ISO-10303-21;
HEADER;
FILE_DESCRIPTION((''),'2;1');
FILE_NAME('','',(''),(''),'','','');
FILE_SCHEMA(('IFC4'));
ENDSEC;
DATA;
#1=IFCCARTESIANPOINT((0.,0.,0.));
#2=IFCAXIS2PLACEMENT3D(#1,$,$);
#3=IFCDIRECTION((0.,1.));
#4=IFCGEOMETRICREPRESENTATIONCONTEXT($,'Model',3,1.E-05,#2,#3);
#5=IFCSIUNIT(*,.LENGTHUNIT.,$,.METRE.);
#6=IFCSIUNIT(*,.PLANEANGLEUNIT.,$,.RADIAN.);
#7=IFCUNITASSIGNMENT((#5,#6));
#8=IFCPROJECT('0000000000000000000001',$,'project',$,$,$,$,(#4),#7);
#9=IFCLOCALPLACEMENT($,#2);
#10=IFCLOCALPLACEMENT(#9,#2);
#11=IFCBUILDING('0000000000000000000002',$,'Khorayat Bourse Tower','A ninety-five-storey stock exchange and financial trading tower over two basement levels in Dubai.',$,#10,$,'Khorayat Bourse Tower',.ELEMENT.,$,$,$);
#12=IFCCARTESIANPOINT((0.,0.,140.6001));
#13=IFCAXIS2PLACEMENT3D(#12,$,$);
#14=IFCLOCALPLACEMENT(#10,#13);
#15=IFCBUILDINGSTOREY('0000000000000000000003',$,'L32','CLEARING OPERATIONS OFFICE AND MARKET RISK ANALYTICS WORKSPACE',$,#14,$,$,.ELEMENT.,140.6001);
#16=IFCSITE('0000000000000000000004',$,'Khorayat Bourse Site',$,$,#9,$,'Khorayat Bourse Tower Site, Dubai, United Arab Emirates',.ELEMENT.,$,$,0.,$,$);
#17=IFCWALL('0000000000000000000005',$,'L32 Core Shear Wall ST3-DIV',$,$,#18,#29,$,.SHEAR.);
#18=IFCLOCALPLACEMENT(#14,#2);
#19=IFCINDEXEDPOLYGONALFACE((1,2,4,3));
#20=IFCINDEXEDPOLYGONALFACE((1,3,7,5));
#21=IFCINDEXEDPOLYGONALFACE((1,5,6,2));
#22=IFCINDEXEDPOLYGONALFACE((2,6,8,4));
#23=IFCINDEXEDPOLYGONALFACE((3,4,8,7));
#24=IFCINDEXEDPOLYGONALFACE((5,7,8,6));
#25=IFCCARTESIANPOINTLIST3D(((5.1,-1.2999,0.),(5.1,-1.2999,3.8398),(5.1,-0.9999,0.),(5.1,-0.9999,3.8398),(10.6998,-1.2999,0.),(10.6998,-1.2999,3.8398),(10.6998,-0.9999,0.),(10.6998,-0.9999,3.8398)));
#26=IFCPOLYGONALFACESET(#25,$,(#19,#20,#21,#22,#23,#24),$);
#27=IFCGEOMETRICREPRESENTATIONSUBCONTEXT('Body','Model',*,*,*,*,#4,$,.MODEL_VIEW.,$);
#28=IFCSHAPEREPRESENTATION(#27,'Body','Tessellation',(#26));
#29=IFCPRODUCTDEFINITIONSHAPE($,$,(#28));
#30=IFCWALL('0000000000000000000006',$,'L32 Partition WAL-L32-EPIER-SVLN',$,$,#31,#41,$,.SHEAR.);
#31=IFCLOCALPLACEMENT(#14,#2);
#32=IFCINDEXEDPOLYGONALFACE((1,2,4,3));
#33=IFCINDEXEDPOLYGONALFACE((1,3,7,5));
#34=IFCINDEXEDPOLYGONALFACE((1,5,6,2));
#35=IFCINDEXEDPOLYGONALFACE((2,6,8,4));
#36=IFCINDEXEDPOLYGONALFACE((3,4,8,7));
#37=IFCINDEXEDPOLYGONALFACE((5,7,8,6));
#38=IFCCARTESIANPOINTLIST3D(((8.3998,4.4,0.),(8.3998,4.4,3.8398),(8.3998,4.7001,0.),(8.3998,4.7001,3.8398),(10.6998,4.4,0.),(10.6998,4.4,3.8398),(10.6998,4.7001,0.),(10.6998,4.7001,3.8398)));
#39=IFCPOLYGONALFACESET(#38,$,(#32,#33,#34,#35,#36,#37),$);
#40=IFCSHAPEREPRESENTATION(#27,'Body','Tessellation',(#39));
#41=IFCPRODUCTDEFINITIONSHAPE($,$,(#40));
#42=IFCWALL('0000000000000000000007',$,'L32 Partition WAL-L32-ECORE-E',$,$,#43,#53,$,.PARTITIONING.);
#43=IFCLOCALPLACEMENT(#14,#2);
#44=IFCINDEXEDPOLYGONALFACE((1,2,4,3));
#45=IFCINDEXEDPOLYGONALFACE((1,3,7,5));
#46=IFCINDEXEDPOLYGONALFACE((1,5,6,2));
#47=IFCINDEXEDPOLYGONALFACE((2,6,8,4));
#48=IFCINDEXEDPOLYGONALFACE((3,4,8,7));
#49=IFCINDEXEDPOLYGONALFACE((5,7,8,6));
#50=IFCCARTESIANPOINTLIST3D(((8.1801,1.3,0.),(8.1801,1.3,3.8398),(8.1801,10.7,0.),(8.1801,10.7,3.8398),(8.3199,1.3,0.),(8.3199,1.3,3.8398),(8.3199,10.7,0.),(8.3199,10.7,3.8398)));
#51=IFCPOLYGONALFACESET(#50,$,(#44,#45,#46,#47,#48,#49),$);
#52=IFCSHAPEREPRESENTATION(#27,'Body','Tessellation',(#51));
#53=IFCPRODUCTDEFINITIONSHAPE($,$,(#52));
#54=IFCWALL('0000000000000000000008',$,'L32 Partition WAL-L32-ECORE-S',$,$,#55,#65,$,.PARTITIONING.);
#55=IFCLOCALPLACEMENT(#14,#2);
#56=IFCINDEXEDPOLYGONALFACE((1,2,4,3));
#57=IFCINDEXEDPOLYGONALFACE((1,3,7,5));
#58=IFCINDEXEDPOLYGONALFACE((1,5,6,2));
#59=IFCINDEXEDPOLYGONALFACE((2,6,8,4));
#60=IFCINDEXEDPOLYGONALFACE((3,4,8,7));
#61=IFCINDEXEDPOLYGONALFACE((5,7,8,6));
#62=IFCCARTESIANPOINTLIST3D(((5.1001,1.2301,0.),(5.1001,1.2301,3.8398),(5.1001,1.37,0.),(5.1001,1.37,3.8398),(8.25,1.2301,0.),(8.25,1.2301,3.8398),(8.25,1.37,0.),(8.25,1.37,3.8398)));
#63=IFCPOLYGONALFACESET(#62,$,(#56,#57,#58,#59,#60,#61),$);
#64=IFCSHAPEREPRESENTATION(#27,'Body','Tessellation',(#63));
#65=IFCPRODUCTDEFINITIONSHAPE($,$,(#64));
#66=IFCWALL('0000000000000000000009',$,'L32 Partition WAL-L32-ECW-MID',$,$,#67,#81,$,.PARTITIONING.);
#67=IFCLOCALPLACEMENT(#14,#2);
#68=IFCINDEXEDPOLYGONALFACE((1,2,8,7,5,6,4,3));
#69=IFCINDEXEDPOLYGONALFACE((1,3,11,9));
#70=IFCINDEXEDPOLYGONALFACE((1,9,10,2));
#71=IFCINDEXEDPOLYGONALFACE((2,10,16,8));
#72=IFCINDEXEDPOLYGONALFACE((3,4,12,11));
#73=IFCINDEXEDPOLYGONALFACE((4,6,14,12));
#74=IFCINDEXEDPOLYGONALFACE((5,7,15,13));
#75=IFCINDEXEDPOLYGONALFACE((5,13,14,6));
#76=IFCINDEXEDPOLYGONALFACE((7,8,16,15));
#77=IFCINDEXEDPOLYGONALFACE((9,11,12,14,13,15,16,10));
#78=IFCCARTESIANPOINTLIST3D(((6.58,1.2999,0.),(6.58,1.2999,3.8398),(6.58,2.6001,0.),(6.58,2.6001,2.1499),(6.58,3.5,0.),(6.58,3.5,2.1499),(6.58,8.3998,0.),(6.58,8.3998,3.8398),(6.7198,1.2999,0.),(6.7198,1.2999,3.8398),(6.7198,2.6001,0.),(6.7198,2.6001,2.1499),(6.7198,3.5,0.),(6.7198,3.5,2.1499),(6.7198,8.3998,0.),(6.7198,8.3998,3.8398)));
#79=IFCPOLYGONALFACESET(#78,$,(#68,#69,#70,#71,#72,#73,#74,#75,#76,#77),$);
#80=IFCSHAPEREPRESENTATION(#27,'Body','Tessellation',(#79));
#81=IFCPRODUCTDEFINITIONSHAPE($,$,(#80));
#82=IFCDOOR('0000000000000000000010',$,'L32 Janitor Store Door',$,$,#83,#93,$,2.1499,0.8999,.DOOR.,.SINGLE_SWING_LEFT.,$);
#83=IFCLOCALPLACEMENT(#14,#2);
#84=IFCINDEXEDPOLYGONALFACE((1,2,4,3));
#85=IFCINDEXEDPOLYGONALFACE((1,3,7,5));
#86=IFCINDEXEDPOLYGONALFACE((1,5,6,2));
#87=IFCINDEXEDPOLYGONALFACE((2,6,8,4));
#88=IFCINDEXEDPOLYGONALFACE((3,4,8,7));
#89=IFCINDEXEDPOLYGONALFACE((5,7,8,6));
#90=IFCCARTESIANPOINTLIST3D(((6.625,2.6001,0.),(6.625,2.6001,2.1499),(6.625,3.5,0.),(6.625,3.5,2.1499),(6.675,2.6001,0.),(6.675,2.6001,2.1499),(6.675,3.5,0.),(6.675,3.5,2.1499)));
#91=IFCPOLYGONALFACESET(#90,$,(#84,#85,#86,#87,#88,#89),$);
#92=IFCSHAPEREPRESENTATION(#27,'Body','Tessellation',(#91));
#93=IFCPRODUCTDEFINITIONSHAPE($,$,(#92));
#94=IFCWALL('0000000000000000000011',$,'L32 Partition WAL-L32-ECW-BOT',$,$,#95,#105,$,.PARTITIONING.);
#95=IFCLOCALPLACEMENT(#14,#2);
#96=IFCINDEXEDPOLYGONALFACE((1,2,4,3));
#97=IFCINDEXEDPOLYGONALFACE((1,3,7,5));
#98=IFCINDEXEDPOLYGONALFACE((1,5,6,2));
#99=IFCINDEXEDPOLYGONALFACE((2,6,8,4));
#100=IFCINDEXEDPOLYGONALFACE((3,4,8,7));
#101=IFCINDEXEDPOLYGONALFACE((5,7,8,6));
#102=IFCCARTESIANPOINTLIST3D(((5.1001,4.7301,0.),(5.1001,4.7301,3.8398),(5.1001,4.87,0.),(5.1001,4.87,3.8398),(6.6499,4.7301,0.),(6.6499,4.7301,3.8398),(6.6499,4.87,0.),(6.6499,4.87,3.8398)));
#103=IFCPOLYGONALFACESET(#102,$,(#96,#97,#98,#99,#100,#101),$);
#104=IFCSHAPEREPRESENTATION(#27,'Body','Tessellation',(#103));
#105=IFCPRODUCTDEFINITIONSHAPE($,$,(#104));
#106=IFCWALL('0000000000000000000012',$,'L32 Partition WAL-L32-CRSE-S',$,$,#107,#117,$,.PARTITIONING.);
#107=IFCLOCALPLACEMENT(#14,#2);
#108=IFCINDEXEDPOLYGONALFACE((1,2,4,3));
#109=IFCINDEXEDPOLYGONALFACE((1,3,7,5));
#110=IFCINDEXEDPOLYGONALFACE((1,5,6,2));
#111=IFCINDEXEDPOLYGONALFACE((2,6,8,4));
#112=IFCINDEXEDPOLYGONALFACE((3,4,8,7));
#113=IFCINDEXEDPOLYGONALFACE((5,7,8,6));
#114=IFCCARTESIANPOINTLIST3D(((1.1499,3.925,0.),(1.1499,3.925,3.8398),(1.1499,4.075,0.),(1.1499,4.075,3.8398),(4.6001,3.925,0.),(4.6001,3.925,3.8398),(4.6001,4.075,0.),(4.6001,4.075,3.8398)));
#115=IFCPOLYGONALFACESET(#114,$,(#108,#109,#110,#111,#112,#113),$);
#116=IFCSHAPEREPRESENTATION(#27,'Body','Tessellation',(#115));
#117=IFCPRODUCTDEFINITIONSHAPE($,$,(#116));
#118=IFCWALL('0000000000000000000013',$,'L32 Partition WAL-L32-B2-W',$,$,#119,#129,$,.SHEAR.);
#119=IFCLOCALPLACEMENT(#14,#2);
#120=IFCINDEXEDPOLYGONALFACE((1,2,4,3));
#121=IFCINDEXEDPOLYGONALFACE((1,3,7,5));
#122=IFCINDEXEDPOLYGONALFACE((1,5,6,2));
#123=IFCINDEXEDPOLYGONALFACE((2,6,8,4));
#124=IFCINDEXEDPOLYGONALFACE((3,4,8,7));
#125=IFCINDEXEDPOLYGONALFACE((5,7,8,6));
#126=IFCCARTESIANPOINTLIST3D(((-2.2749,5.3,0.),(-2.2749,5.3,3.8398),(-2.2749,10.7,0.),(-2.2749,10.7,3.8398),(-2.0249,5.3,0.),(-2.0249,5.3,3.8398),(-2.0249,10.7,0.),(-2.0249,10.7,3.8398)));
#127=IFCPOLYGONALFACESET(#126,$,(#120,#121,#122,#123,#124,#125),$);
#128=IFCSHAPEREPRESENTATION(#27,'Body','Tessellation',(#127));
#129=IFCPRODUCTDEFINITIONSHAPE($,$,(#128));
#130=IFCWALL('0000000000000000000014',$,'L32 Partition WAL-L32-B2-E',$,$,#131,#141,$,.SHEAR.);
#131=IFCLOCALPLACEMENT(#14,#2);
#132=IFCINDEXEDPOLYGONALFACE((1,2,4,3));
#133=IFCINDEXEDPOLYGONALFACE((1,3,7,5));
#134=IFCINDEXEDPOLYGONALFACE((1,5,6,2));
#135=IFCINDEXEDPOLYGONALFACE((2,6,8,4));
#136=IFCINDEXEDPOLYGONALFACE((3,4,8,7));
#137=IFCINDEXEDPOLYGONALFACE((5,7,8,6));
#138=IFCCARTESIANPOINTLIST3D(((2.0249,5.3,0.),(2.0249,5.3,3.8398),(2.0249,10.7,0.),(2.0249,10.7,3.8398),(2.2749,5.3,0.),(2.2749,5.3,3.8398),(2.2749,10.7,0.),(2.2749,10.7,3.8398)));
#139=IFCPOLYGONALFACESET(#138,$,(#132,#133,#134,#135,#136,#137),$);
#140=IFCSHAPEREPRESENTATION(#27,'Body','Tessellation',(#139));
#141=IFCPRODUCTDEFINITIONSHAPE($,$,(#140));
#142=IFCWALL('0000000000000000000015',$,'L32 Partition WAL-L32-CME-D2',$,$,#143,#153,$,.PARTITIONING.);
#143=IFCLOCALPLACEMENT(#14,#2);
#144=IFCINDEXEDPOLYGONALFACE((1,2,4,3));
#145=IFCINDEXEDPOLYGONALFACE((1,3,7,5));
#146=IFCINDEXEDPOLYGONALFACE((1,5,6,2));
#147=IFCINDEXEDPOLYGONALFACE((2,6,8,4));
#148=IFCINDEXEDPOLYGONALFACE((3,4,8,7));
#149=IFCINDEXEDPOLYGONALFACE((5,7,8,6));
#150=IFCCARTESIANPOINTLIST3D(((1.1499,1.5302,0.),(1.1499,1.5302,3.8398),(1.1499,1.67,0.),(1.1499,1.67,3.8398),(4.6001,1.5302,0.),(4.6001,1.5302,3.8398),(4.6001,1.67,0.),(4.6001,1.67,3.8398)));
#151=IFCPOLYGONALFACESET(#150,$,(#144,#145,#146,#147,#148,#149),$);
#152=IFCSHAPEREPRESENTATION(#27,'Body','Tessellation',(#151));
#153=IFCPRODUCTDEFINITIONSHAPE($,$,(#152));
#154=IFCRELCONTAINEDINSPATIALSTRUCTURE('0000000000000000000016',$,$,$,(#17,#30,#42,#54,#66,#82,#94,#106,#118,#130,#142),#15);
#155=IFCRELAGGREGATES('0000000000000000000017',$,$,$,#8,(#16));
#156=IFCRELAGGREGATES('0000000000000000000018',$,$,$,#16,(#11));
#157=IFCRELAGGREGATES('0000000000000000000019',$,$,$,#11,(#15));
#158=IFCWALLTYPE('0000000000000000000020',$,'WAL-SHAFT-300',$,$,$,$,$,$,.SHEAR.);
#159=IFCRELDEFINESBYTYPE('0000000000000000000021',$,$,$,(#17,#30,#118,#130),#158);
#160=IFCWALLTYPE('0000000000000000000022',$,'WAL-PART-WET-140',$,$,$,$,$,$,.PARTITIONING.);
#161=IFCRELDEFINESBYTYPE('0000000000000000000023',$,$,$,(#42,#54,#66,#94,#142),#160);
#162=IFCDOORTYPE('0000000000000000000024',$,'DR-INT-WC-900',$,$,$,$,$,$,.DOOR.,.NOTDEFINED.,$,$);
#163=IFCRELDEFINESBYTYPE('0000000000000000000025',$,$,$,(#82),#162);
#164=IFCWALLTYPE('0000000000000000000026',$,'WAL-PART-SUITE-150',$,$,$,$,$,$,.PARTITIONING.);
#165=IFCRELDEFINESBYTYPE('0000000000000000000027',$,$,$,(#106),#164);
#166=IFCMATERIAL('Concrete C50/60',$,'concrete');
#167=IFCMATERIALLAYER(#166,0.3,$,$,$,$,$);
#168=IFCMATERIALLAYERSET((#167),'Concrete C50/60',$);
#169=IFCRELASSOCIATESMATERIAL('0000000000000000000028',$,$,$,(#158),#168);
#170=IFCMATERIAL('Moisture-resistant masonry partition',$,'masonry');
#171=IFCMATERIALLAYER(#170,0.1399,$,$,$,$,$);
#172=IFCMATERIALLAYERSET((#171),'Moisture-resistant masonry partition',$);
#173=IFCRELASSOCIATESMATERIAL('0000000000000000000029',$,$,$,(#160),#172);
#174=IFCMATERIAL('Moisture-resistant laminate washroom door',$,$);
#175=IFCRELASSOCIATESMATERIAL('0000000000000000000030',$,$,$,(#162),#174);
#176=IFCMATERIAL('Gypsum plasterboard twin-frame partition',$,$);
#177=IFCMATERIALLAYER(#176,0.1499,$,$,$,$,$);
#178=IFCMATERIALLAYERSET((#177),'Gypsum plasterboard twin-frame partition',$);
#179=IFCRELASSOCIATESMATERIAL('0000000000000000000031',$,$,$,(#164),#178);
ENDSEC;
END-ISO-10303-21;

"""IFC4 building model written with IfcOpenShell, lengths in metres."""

from ifc_helpers import new_model, si_unit, direction, frame, frame_2d, origin, place, context, subcontext, project, spatial, rectangle, extrude, source, transform, mapped, material, layer, layer_set, type_object, element, fill, save


model = new_model("IFC4")

# Units and contexts
model_context = context("Model", 3, precision=1e-05, world=origin(), true_north=direction((0.0, 1.0)))
body_context = subcontext(model_context, "Body", "Model", "MODEL_VIEW")
ifc_project = project(units=[si_unit("LENGTHUNIT", "METRE"), si_unit("PLANEANGLEUNIT", "RADIAN")], contexts=[model_context])

# Site, building, storey
site_placement = place(None, origin())
site = spatial("IfcSite", under=ifc_project, at=site_placement, Name="Khorayat Bourse Site", LongName="Khorayat Bourse Tower Site, Dubai, United Arab Emirates", CompositionType="ELEMENT", RefElevation=0.0)
building_placement = place(site_placement, origin())
building = spatial("IfcBuilding", under=site, at=building_placement, Name="Khorayat Bourse Tower", Description="A ninety-five-storey stock exchange and financial trading tower over two basement levels in Dubai.", LongName="Khorayat Bourse Tower", CompositionType="ELEMENT")
storey_placement = place(building_placement, frame((0.0, 0.0, 140.6001)))
storey = spatial("IfcBuildingStorey", under=building, at=storey_placement, Name="L32", Description="CLEARING OPERATIONS OFFICE AND MARKET RISK ANALYTICS WORKSPACE", CompositionType="ELEMENT", Elevation=140.6001)

# Walls
ifc_material_1 = material(Name="Concrete C50/60", Category="concrete")
ifc_layer_1 = layer(ifc_material_1, 0.3)
ifc_layer_set_1 = layer_set([ifc_layer_1], Name="Concrete C50/60")
wall_type_1 = type_object("IfcWallType", Name="WAL-SHAFT-300", PredefinedType="SHEAR", material=ifc_layer_set_1)
shared_shape_1 = source(origin(), body_context, "Body", "SweptSolid", [
    extrude(rectangle(XDim=5.5999, YDim=0.3, at=frame_2d((2.7998, 0.0))), origin(), (0.0, 0.0, 1.0), 3.8398),
])
wall_1_placement = place(storey_placement, frame((5.1001, -1.1499, 0.0), z_axis=(0.0, 0.0, 1.0), x_axis=(1.0, 0.0, 0.0)))
element("IfcWall", 1, at=wall_1_placement, inside=storey, type_object=wall_type_1, Name="L32 Core Shear Wall ST3-DIV", PredefinedType="SHEAR", context=body_context, shape_type="MappedRepresentation", body=[
    mapped(shared_shape_1, transform((0.0, 0.0, 0.0), scale=1.0)),
])
shared_shape_2 = source(origin(), body_context, "Body", "SweptSolid", [
    extrude(rectangle(XDim=2.3, YDim=0.3, at=frame_2d((1.1499, 0.0))), origin(), (0.0, 0.0, 1.0), 3.8398),
])
wall_2_placement = place(storey_placement, frame((8.3999, 4.55, 0.0), z_axis=(0.0, 0.0, 1.0), x_axis=(1.0, 0.0, 0.0)))
element("IfcWall", 2, at=wall_2_placement, inside=storey, type_object=wall_type_1, Name="L32 Partition WAL-L32-EPIER-SVLN", PredefinedType="SHEAR", context=body_context, shape_type="MappedRepresentation", body=[
    mapped(shared_shape_2, transform((0.0, 0.0, 0.0), scale=1.0)),
])
ifc_material_2 = material(Name="Moisture-resistant masonry partition", Category="masonry")
ifc_layer_2 = layer(ifc_material_2, 0.1399)
ifc_layer_set_2 = layer_set([ifc_layer_2], Name="Moisture-resistant masonry partition")
wall_type_2 = type_object("IfcWallType", Name="WAL-PART-WET-140", PredefinedType="PARTITIONING", material=ifc_layer_set_2)
shared_shape_3 = source(origin(), body_context, "Body", "SweptSolid", [
    extrude(rectangle(XDim=9.3999, YDim=0.1399, at=frame_2d((4.7, 0.0))), origin(), (0.0, 0.0, 1.0), 3.8398),
])
wall_3_placement = place(storey_placement, frame((8.25, 1.3, 0.0), z_axis=(0.0, 0.0, 1.0), x_axis=(0.0, 1.0, 0.0)))
element("IfcWall", 3, at=wall_3_placement, inside=storey, type_object=wall_type_2, Name="L32 Partition WAL-L32-ECORE-E", PredefinedType="PARTITIONING", context=body_context, shape_type="MappedRepresentation", body=[
    mapped(shared_shape_3, transform((0.0, 0.0, 0.0), scale=1.0)),
])
shared_shape_4 = source(origin(), body_context, "Body", "SweptSolid", [
    extrude(rectangle(XDim=3.1499, YDim=0.1399, at=frame_2d((1.575, 0.0))), origin(), (0.0, 0.0, 1.0), 3.8398),
])
wall_4_placement = place(storey_placement, frame((5.1001, 1.3, 0.0), z_axis=(0.0, 0.0, 1.0), x_axis=(1.0, 0.0, 0.0)))
element("IfcWall", 4, at=wall_4_placement, inside=storey, type_object=wall_type_2, Name="L32 Partition WAL-L32-ECORE-S", PredefinedType="PARTITIONING", context=body_context, shape_type="MappedRepresentation", body=[
    mapped(shared_shape_4, transform((0.0, 0.0, 0.0), scale=1.0)),
])

# Wall, opening, door
shared_shape_5 = source(origin(), body_context, "Body", "SweptSolid", [
    extrude(rectangle(XDim=7.0999, YDim=0.1399, at=frame_2d((3.5498, 0.0))), origin(), (0.0, 0.0, 1.0), 3.8398),
])
wall_5_placement = place(storey_placement, frame((6.6499, 1.3, 0.0), z_axis=(0.0, 0.0, 1.0), x_axis=(0.0, 1.0, 0.0)))
wall_5 = element("IfcWall", 5, at=wall_5_placement, inside=storey, type_object=wall_type_2, Name="L32 Partition WAL-L32-ECW-MID", PredefinedType="PARTITIONING", context=body_context, shape_type="MappedRepresentation", body=[
    mapped(shared_shape_5, transform((0.0, 0.0, 0.0), scale=1.0)),
])
shared_shape_6 = source(origin(), body_context, "Body", "SweptSolid", [
    extrude(rectangle(XDim=0.8999, YDim=2.1499, at=frame_2d((0.45, 1.075))), frame((0.0, 0.0798, 0.0), z_axis=(0.0, -1.0, 0.0), x_axis=(1.0, 0.0, 0.0)), (0.0, 0.0, 1.0), 0.1599),
])
opening_placement = place(wall_5_placement, frame((1.3, 0.0, 0.0)))
opening = element("IfcOpeningElement", 6, at=opening_placement, cuts=wall_5, PredefinedType="OPENING", context=body_context, shape_type="MappedRepresentation", body=[
    mapped(shared_shape_6, transform((0.0, 0.0, 0.0), scale=1.0)),
])
ifc_material_3 = material(Name="Moisture-resistant laminate washroom door")
door_type = type_object("IfcDoorType", Name="DR-INT-WC-900", OperationType="NOTDEFINED", PredefinedType="DOOR", material=ifc_material_3)
shared_shape_7 = source(origin(), body_context, "Body", "SweptSolid", [
    extrude(rectangle(XDim=0.8999, YDim=2.1499, at=frame_2d((0.45, 1.075))), frame((0.0, 0.0249, 0.0), z_axis=(0.0, -1.0, 0.0), x_axis=(1.0, 0.0, 0.0)), (0.0, 0.0, 1.0), 0.05),
])
door_placement = place(opening_placement, origin())
door = element("IfcDoor", 7, at=door_placement, inside=storey, type_object=door_type, Name="L32 Janitor Store Door", OperationType="SINGLE_SWING_LEFT", OverallHeight=2.1499, OverallWidth=0.8999, PredefinedType="DOOR", context=body_context, shape_type="MappedRepresentation", body=[
    mapped(shared_shape_7, transform((0.0, 0.0, 0.0), scale=1.0)),
])
fill(opening, door)

# Walls
shared_shape_8 = source(origin(), body_context, "Body", "SweptSolid", [
    extrude(rectangle(XDim=1.5498, YDim=0.1399, at=frame_2d((0.7749, 0.0))), origin(), (0.0, 0.0, 1.0), 3.8398),
])
wall_6_placement = place(storey_placement, frame((5.1001, 4.8, 0.0), z_axis=(0.0, 0.0, 1.0), x_axis=(1.0, 0.0, 0.0)))
element("IfcWall", 8, at=wall_6_placement, inside=storey, type_object=wall_type_2, Name="L32 Partition WAL-L32-ECW-BOT", PredefinedType="PARTITIONING", context=body_context, shape_type="MappedRepresentation", body=[
    mapped(shared_shape_8, transform((0.0, 0.0, 0.0), scale=1.0)),
])
ifc_material_4 = material(Name="Gypsum plasterboard twin-frame partition")
ifc_layer_3 = layer(ifc_material_4, 0.1499)
ifc_layer_set_3 = layer_set([ifc_layer_3], Name="Gypsum plasterboard twin-frame partition")
wall_type_3 = type_object("IfcWallType", Name="WAL-PART-SUITE-150", PredefinedType="PARTITIONING", material=ifc_layer_set_3)
shared_shape_9 = source(origin(), body_context, "Body", "SweptSolid", [
    extrude(rectangle(XDim=3.4502, YDim=0.1499, at=frame_2d((1.7251, 0.0))), origin(), (0.0, 0.0, 1.0), 3.8398),
])
wall_7_placement = place(storey_placement, frame((1.1499, 4.0, 0.0), z_axis=(0.0, 0.0, 1.0), x_axis=(1.0, 0.0, 0.0)))
element("IfcWall", 9, at=wall_7_placement, inside=storey, type_object=wall_type_3, Name="L32 Partition WAL-L32-CRSE-S", PredefinedType="PARTITIONING", context=body_context, shape_type="MappedRepresentation", body=[
    mapped(shared_shape_9, transform((0.0, 0.0, 0.0), scale=1.0)),
])
shared_shape_10 = source(origin(), body_context, "Body", "SweptSolid", [
    extrude(rectangle(XDim=5.3999, YDim=0.25, at=frame_2d((2.7, 0.0))), origin(), (0.0, 0.0, 1.0), 3.8398),
])
for number, where, z_axis, x_axis, name in (
    (10, (-2.1499, 5.3, 0.0), (0.0, 0.0, 1.0), (0.0, 1.0, 0.0), "L32 Partition WAL-L32-B2-W"),
    (11, (2.1499, 5.3, 0.0), (0.0, 0.0, 1.0), (0.0, 1.0, 0.0), "L32 Partition WAL-L32-B2-E"),
):
    element("IfcWall", number, at=place(storey_placement, frame(where, z_axis=z_axis, x_axis=x_axis)), inside=storey, type_object=wall_type_1, Name=name, PredefinedType="SHEAR", context=body_context, shape_type="MappedRepresentation", body=[
        mapped(shared_shape_10, transform((0.0, 0.0, 0.0), scale=1.0)),
    ])
shared_shape_11 = source(origin(), body_context, "Body", "SweptSolid", [
    extrude(rectangle(XDim=3.4502, YDim=0.1399, at=frame_2d((1.7251, 0.0))), origin(), (0.0, 0.0, 1.0), 3.8398),
])
wall_8_placement = place(storey_placement, frame((1.1499, 1.6001, 0.0), z_axis=(0.0, 0.0, 1.0), x_axis=(1.0, 0.0, 0.0)))
element("IfcWall", 12, at=wall_8_placement, inside=storey, type_object=wall_type_2, Name="L32 Partition WAL-L32-CME-D2", PredefinedType="PARTITIONING", context=body_context, shape_type="MappedRepresentation", body=[
    mapped(shared_shape_11, transform((0.0, 0.0, 0.0), scale=1.0)),
])

save(model, "model.ifc")
